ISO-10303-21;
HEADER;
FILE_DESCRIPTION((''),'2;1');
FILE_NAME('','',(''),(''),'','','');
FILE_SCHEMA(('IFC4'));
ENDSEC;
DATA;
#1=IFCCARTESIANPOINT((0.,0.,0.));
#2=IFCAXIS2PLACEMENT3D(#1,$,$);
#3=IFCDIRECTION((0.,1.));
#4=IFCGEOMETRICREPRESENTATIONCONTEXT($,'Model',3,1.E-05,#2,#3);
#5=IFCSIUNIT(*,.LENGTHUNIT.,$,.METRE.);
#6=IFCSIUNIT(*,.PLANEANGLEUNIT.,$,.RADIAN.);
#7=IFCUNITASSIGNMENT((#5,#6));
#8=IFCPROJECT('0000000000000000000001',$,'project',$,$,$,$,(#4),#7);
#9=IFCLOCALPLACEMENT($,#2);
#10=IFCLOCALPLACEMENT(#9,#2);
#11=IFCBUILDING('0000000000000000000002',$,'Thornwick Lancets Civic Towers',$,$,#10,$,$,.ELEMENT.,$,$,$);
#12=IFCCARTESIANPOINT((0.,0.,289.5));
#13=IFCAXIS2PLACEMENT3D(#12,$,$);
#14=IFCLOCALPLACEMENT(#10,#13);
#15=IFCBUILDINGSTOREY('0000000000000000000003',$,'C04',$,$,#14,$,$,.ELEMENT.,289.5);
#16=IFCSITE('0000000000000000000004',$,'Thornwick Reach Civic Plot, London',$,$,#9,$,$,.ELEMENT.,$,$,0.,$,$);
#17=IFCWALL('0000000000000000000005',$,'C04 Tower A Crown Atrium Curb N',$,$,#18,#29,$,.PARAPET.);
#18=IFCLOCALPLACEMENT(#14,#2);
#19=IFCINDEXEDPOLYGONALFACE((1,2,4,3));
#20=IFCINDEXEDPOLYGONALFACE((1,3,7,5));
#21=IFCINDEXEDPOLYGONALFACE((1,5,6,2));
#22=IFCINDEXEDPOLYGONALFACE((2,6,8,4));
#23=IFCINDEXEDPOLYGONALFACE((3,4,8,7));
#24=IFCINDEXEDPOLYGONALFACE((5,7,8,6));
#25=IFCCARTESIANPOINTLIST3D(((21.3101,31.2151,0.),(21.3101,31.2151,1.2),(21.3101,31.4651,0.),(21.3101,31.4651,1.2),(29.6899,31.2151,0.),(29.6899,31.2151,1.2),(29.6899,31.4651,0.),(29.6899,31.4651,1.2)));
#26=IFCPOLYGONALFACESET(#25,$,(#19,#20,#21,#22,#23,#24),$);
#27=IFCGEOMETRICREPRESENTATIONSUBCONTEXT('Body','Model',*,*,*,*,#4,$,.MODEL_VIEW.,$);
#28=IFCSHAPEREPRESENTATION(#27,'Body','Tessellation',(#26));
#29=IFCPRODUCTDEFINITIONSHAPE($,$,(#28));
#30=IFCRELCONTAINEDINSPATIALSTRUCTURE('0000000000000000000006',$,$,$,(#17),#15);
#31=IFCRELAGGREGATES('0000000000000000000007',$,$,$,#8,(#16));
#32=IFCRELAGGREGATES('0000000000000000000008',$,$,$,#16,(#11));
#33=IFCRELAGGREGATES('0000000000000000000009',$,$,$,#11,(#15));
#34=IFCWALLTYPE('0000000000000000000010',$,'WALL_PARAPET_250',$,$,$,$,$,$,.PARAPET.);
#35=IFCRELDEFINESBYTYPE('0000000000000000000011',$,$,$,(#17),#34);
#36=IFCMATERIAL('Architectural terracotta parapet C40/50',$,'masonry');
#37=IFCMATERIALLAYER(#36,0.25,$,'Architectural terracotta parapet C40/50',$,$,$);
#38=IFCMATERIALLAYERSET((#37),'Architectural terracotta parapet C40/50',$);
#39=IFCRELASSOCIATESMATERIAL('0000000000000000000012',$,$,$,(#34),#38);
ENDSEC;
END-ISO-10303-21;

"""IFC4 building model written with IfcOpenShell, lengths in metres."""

from ifc_helpers import new_model, si_unit, direction, frame, frame_2d, origin, place, context, subcontext, project, spatial, rectangle, extrude, material, layer, layer_set, type_object, element, save


model = new_model("IFC4")

# Units and contexts
model_context = context("Model", 3, precision=1e-05, world=origin(), true_north=direction((0.0, 1.0)))
body_context = subcontext(model_context, "Body", "Model", "MODEL_VIEW")
ifc_project = project(units=[si_unit("LENGTHUNIT", "METRE"), si_unit("PLANEANGLEUNIT", "RADIAN")], contexts=[model_context])

# Site, building, storey
site_placement = place(None, origin())
site = spatial("IfcSite", under=ifc_project, at=site_placement, Name="Thornwick Reach Civic Plot, London", CompositionType="ELEMENT", RefElevation=0.0)
building_placement = place(site_placement, origin())
building = spatial("IfcBuilding", under=site, at=building_placement, Name="Thornwick Lancets Civic Towers", CompositionType="ELEMENT")
storey_placement = place(building_placement, frame((0.0, 0.0, 289.5)))
storey = spatial("IfcBuildingStorey", under=building, at=storey_placement, Name="C04", CompositionType="ELEMENT", Elevation=289.5)

# Wall
ifc_material_1 = material(Name="Architectural terracotta parapet C40/50", Category="masonry")
ifc_layer_1 = layer(ifc_material_1, 0.25, Name="Architectural terracotta parapet C40/50")
ifc_layer_set_1 = layer_set([ifc_layer_1], Name="Architectural terracotta parapet C40/50")
wall_type = type_object("IfcWallType", Name="WALL_PARAPET_250", PredefinedType="PARAPET", material=ifc_layer_set_1)
wall_placement = place(storey_placement, frame((29.6899, 31.3401, 0.0), z_axis=(0.0, 0.0, 1.0), x_axis=(-1.0, 0.0, 0.0)))
element("IfcWall", 1, at=wall_placement, inside=storey, type_object=wall_type, Name="C04 Tower A Crown Atrium Curb N", PredefinedType="PARAPET", context=body_context, shape_type="SweptSolid", body=[
    extrude(rectangle(XDim=8.3799, YDim=0.25, at=frame_2d((4.1899, 0.0))), origin(), (0.0, 0.0, 1.0), 1.2),
])

save(model, "model.ifc")
